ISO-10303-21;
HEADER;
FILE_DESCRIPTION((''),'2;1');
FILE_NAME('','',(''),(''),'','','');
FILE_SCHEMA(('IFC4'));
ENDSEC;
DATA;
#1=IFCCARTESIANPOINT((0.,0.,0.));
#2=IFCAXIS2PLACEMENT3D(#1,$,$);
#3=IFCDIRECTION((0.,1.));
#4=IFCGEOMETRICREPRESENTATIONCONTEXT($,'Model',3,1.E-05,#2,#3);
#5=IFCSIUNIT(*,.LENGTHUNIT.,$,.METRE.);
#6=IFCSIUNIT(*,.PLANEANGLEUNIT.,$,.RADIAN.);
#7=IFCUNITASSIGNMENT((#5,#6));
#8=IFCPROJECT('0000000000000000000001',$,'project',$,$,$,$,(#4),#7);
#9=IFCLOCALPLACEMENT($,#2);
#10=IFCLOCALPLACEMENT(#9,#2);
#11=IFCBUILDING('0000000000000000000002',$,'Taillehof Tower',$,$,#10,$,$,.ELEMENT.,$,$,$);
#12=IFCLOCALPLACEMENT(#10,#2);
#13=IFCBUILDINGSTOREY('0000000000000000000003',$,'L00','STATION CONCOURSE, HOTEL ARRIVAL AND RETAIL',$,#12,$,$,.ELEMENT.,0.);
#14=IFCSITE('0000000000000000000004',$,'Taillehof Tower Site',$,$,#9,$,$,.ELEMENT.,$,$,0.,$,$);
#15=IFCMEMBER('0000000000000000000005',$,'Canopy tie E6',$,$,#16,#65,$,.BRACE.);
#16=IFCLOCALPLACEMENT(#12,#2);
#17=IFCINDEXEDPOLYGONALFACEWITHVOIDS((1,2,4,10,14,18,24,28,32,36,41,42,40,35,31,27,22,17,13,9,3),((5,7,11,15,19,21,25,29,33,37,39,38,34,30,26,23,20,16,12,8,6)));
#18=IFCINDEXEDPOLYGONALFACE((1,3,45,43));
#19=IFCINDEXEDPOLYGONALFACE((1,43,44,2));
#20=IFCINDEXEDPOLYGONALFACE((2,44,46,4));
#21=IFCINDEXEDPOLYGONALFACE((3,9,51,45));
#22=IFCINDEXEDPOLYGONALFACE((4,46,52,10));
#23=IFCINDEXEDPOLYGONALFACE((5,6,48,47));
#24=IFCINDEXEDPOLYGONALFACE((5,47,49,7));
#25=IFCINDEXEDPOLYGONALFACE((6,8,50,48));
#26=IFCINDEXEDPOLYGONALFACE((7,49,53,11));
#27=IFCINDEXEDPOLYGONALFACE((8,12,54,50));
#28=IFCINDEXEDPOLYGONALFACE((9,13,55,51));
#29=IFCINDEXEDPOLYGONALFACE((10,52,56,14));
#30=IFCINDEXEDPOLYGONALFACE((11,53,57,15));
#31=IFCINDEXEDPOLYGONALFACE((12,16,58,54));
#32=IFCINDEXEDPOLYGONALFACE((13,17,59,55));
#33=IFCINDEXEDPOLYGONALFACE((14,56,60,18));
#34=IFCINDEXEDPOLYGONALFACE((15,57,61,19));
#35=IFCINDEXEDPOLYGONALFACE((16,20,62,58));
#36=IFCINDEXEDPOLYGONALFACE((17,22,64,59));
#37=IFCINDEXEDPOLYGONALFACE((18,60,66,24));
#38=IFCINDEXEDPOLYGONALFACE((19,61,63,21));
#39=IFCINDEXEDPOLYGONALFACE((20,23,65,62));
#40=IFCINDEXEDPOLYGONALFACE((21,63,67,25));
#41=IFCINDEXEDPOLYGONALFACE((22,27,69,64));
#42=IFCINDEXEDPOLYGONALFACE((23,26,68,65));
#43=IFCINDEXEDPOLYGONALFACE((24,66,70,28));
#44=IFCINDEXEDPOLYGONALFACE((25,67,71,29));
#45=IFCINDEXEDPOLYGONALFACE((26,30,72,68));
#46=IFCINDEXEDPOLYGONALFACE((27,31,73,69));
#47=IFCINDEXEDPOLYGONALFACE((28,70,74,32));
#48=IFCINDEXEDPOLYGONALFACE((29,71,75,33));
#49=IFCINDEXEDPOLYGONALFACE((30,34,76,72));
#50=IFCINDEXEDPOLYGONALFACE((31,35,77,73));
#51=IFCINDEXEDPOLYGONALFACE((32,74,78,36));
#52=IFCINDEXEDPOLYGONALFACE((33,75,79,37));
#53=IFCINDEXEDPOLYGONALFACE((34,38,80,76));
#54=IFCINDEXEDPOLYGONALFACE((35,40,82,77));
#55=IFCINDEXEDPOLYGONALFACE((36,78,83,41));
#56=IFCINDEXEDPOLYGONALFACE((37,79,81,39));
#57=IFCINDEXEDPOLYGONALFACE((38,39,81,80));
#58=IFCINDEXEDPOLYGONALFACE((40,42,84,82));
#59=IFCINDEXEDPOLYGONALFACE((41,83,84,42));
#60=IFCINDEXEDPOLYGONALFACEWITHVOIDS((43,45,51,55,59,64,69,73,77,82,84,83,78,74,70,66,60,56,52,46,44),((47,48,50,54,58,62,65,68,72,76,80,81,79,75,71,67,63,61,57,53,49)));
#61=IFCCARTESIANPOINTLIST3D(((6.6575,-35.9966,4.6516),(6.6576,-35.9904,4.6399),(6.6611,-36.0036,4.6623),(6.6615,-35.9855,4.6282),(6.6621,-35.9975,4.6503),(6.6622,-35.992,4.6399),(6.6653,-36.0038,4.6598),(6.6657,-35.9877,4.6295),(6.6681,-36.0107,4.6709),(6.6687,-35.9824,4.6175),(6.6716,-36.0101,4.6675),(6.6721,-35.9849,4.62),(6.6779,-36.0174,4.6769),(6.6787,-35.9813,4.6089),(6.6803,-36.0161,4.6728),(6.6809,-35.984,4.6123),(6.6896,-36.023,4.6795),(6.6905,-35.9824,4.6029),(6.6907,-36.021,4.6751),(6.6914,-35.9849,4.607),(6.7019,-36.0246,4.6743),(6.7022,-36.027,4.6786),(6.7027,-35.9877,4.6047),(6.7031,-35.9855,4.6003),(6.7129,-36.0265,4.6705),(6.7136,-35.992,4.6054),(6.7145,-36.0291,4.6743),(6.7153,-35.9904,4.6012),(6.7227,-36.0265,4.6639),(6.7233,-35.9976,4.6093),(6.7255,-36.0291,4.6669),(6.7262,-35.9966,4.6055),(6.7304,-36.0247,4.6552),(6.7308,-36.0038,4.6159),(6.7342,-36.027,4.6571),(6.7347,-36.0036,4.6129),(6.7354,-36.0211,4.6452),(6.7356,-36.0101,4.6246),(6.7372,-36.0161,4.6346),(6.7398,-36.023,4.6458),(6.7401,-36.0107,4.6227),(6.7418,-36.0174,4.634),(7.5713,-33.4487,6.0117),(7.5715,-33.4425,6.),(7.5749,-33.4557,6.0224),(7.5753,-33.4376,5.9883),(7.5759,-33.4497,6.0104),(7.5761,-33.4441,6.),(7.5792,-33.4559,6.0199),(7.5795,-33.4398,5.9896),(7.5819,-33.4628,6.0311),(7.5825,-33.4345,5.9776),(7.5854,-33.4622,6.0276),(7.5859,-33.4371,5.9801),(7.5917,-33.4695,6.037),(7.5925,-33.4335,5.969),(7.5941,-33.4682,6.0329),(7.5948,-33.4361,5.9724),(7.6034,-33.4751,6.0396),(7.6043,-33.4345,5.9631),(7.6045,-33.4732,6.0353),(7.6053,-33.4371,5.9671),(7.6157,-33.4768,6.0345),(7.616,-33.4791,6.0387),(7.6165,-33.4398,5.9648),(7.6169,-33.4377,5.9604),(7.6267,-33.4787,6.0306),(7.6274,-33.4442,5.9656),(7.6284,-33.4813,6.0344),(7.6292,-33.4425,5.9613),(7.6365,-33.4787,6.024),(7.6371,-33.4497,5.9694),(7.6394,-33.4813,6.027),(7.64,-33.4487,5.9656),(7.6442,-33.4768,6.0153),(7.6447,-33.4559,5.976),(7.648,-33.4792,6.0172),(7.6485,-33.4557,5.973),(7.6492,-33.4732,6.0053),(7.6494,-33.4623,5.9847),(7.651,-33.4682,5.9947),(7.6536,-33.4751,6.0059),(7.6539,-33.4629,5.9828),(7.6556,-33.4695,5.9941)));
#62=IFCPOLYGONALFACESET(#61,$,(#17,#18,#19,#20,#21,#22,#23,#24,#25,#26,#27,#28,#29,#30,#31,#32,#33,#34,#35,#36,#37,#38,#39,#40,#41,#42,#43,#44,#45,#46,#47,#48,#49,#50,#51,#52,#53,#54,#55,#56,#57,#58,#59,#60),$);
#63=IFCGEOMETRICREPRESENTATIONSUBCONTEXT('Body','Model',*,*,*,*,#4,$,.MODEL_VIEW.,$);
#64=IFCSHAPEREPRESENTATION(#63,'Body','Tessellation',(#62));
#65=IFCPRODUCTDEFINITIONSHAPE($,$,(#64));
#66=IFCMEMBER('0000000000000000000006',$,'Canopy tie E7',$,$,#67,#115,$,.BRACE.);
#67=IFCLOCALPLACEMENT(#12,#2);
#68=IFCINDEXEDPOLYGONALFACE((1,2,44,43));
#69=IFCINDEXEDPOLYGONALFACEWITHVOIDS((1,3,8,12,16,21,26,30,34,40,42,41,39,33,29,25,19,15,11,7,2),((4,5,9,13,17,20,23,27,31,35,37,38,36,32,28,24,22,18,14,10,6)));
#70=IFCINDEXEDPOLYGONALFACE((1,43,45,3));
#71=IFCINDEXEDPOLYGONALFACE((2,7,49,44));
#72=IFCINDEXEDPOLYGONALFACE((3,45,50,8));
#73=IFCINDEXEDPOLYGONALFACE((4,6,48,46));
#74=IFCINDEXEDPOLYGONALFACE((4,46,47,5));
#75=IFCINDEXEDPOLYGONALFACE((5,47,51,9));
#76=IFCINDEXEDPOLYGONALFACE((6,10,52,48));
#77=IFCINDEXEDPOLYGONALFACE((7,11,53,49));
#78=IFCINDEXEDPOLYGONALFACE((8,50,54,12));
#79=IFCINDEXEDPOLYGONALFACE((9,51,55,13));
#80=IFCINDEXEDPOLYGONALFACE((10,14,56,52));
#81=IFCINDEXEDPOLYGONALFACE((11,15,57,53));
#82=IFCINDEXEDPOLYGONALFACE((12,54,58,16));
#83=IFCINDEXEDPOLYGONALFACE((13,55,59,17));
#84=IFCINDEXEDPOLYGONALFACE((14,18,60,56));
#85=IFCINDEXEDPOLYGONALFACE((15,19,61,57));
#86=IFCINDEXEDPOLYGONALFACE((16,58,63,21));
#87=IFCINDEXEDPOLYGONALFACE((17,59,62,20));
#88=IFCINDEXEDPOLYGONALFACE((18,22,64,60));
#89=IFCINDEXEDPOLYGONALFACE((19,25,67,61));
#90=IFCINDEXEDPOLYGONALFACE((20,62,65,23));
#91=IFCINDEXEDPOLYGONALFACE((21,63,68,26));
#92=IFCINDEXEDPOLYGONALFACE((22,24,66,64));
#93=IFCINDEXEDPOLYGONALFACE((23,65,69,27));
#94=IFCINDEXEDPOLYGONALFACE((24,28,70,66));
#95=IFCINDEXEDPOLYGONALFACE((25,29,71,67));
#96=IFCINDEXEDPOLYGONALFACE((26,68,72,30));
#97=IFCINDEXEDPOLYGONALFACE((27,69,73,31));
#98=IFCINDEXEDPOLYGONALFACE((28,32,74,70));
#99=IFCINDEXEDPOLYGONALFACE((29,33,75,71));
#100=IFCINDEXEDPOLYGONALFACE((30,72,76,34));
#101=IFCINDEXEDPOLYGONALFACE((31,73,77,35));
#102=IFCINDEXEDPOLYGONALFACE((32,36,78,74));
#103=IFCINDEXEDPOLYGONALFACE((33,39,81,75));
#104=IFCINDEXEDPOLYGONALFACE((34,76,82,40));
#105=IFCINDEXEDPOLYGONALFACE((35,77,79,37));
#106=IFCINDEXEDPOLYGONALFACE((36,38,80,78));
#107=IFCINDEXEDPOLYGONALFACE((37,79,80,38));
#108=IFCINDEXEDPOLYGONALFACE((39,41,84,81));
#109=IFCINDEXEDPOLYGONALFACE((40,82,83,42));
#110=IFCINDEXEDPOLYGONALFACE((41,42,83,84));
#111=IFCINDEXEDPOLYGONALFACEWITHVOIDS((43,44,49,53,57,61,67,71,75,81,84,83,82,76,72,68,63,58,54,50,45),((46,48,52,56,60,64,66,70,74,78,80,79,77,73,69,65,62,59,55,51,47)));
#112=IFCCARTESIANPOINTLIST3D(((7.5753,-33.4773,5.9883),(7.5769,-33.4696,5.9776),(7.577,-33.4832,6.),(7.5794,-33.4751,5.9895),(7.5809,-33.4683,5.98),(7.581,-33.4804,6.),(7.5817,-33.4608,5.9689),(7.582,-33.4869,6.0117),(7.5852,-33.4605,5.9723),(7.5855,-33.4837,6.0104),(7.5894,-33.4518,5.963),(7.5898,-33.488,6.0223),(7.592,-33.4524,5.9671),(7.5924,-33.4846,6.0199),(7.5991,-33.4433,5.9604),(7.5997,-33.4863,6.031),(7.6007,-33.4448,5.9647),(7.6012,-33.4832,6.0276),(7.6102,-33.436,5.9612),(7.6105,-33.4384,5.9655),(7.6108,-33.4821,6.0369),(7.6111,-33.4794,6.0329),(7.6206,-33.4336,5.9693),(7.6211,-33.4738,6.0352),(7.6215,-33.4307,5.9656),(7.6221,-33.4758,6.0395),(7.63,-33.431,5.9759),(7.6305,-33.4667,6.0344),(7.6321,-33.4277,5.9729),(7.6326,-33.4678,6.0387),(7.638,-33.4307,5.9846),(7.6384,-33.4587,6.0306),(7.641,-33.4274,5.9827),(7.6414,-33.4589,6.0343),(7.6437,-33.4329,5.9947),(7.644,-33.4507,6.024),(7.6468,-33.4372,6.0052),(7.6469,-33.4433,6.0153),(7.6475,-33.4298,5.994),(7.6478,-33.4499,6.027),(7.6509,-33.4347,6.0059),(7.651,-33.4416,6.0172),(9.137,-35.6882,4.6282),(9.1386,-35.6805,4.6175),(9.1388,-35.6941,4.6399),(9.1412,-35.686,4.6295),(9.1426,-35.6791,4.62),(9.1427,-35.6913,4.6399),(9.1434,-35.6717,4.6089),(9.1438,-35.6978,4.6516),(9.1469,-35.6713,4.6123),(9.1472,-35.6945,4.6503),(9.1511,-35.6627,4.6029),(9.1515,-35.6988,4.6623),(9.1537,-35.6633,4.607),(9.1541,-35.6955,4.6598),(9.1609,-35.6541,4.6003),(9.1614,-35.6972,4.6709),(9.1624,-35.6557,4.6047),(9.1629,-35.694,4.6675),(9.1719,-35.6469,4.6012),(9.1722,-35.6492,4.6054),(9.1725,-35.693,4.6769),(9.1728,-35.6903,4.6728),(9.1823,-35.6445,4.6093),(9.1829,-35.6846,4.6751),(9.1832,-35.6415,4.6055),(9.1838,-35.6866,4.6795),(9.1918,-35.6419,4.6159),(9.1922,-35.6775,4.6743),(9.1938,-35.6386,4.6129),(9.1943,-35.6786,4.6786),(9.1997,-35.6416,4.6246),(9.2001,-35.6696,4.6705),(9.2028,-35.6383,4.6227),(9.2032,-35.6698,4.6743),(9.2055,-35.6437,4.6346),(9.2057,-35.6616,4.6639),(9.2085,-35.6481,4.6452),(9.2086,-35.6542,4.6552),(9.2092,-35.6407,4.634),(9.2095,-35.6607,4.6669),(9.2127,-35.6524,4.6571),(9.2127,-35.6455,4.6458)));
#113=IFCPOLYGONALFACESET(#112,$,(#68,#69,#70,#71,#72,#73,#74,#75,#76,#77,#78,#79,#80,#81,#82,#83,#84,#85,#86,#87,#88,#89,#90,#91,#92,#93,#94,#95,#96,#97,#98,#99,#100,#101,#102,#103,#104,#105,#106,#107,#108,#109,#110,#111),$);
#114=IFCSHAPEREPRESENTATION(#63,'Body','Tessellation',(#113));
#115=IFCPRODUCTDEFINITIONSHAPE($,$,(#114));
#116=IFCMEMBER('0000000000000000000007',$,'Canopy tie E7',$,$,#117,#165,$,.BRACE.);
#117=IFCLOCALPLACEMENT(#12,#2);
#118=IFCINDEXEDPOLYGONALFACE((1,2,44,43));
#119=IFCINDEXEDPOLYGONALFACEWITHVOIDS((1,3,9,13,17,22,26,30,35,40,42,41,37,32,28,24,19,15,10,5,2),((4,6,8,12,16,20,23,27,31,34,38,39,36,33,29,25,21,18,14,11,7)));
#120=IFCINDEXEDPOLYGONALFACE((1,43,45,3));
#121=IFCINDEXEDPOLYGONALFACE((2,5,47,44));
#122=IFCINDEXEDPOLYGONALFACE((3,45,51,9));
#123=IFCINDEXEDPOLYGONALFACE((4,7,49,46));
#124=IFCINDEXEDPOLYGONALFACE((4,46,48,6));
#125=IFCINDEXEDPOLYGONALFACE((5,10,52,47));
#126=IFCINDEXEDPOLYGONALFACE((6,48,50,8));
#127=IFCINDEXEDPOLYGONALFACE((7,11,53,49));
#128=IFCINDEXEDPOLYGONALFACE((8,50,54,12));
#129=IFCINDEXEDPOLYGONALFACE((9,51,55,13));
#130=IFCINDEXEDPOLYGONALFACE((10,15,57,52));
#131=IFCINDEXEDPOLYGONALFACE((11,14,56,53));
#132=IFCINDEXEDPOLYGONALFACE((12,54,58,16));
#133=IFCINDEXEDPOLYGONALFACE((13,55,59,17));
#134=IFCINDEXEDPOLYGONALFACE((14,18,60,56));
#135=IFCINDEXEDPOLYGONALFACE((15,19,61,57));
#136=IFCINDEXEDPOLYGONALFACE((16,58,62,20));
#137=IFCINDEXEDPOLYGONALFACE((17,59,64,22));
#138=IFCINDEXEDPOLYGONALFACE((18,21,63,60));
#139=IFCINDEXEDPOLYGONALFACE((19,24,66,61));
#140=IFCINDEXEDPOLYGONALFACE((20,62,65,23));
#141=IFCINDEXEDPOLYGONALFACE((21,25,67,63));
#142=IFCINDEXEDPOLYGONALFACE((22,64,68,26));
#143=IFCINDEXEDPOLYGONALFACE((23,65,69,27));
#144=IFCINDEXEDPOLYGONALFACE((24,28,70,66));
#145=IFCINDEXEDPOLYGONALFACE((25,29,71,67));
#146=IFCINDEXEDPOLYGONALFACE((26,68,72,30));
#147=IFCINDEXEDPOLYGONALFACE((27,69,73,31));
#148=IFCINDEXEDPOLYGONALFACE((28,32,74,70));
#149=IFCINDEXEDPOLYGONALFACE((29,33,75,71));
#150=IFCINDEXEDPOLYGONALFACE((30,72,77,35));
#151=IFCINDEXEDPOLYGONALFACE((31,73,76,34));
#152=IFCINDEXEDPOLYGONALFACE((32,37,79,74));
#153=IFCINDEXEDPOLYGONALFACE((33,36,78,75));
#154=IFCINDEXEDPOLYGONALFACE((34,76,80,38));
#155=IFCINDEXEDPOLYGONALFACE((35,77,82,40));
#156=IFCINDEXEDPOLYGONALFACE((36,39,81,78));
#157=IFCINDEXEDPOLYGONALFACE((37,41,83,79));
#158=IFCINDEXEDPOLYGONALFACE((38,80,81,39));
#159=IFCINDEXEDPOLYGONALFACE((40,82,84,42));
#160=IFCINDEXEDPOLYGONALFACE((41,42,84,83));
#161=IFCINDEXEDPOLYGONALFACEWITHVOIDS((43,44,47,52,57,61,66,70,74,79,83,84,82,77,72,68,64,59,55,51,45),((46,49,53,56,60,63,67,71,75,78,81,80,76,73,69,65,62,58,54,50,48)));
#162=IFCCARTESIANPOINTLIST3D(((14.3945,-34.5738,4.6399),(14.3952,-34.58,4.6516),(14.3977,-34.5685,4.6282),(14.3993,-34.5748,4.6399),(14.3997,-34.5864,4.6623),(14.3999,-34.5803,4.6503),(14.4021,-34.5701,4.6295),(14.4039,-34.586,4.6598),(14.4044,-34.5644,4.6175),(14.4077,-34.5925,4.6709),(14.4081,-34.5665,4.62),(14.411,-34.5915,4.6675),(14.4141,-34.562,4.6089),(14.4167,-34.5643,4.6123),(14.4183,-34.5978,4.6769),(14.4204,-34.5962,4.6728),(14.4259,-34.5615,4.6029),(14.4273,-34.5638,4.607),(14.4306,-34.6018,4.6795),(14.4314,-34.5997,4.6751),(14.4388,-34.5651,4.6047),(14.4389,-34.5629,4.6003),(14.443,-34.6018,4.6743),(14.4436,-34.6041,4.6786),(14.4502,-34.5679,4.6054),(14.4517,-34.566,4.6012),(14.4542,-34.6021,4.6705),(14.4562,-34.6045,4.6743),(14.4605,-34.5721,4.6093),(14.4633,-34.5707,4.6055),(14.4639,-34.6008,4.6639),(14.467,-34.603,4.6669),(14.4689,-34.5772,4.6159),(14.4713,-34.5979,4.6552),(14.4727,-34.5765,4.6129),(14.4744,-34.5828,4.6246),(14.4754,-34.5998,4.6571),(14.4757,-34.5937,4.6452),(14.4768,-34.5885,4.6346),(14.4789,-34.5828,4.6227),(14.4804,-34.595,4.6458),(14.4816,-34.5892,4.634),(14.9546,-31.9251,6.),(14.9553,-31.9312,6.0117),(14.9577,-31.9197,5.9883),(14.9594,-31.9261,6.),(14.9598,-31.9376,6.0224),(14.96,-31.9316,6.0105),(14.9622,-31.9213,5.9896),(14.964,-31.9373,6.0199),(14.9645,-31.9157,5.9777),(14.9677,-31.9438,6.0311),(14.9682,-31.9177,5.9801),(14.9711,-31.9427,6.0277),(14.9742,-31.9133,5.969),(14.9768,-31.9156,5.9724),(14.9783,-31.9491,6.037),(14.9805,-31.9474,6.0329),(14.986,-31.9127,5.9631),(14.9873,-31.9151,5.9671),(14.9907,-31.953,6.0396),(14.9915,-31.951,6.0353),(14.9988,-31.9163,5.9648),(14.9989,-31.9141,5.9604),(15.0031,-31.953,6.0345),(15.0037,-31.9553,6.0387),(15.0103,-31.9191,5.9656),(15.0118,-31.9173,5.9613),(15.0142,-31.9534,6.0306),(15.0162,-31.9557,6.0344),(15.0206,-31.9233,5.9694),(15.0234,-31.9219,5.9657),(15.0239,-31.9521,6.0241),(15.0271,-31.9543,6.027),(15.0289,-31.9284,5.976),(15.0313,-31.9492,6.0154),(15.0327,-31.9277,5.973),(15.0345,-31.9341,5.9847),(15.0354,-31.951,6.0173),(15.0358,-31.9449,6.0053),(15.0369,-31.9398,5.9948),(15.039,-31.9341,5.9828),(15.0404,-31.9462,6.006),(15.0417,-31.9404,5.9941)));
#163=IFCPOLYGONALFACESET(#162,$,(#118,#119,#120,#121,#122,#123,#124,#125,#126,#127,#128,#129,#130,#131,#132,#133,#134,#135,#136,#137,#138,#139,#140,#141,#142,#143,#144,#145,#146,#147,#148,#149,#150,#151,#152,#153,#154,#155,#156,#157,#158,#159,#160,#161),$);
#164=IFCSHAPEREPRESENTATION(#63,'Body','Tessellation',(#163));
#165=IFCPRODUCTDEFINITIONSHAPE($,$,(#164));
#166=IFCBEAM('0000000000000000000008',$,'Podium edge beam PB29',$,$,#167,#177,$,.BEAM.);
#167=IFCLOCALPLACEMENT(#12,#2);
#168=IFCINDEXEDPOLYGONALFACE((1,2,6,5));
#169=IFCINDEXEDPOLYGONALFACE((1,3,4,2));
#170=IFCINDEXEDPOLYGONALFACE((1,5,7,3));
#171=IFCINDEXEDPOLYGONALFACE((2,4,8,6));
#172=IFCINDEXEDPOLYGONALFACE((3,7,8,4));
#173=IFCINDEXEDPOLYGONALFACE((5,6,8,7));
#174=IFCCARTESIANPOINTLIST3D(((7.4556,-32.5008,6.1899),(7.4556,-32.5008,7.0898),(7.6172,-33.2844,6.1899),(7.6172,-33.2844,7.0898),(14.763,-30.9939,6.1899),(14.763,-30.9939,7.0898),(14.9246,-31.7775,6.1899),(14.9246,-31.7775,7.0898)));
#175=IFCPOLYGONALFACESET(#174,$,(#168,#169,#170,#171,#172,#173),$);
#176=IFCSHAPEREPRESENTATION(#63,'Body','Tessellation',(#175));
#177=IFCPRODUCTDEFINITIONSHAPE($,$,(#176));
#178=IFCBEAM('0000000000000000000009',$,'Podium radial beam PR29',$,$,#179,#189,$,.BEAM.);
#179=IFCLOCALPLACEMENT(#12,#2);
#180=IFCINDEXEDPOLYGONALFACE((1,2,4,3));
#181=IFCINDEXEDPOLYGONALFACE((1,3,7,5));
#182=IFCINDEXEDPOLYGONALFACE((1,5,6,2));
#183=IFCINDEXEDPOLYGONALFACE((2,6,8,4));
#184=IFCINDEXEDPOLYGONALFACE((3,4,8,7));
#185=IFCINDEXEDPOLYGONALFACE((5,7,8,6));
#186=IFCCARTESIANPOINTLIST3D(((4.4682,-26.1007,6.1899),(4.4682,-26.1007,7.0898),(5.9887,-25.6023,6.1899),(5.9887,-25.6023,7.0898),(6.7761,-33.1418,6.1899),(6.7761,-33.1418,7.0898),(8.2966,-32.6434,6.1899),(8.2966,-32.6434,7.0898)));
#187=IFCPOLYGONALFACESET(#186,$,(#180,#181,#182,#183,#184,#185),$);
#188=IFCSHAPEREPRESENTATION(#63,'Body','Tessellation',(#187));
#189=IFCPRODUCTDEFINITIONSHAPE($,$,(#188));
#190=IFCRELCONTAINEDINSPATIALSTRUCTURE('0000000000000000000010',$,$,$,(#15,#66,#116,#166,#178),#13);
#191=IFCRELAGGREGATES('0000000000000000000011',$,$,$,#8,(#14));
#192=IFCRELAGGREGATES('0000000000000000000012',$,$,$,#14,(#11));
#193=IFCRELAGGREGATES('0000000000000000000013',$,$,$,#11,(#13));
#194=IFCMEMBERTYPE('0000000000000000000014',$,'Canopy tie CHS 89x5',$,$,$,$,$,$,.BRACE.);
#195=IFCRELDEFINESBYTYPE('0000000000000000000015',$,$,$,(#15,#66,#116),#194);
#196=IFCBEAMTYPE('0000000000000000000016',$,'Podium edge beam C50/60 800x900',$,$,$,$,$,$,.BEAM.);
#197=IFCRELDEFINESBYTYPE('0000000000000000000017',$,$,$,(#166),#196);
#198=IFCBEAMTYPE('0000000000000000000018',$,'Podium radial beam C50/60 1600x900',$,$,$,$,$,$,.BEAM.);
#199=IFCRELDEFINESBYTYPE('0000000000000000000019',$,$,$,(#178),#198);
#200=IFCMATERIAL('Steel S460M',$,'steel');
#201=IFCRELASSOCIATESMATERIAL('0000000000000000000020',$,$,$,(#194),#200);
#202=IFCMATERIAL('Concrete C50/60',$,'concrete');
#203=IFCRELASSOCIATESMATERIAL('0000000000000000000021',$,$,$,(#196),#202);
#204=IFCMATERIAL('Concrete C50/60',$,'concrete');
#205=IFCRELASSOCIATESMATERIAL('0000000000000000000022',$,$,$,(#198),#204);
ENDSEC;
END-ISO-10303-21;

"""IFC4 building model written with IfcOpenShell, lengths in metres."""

from ifc_helpers import new_model, si_unit, direction, frame, origin, origin_2d, place, context, subcontext, project, spatial, rectangle, hollow_circle, extrude, material, material_profile, profile_set, type_object, element, save


model = new_model("IFC4")

# Units and contexts
model_context = context("Model", 3, precision=1e-05, world=origin(), true_north=direction((0.0, 1.0)))
body_context = subcontext(model_context, "Body", "Model", "MODEL_VIEW")
ifc_project = project(units=[si_unit("LENGTHUNIT", "METRE"), si_unit("PLANEANGLEUNIT", "RADIAN")], contexts=[model_context])

# Site, building, storey
site_placement = place(None, origin())
site = spatial("IfcSite", under=ifc_project, at=site_placement, Name="Taillehof Tower Site", CompositionType="ELEMENT", RefElevation=0.0)
building_placement = place(site_placement, origin())
building = spatial("IfcBuilding", under=site, at=building_placement, Name="Taillehof Tower", CompositionType="ELEMENT")
storey_placement = place(building_placement, origin())
storey = spatial("IfcBuildingStorey", under=building, at=storey_placement, Name="L00", Description="STATION CONCOURSE, HOTEL ARRIVAL AND RETAIL", CompositionType="ELEMENT", Elevation=0.0)

# Members
ifc_material_1 = material(Name="Steel S460M", Category="steel")
ifc_material_profile_1 = material_profile(ifc_material_1, hollow_circle(Radius=0.0444, WallThickness=0.0049, at=origin_2d()), Name="CHS 89x5")
ifc_profile_set_1 = profile_set([ifc_material_profile_1], Name="Steel S460M")
member_type = type_object("IfcMemberType", Name="Canopy tie CHS 89x5", PredefinedType="BRACE", material=ifc_profile_set_1)
for number, where, z_axis, x_axis, name in (
    (1, (6.6995, -36.0054, 4.6399), (0.301662, 0.841076, 0.448988), (-0.941288, 0.337605, 0.0), "Canopy tie E6"),
    (2, (9.175, -35.6685, 4.6399), (-0.515537, 0.729827, 0.448969), (-0.816775, -0.576956, 0.0), "Canopy tie E7"),
):
    element("IfcMember", number, at=place(storey_placement, frame(where, z_axis=z_axis, x_axis=x_axis)), inside=storey, type_object=member_type, Name=name, PredefinedType="BRACE", context=body_context, shape_type="SweptSolid", body=[
        extrude(hollow_circle(Radius=0.0444, WallThickness=0.0049, at=origin_2d()), origin(), (0.0, 0.0, 1.0), 3.0293),
    ])
member_1_placement = place(storey_placement, frame((14.438, -34.583, 4.6399), z_axis=(0.184856, 0.874239, 0.448925), x_axis=(-0.978368, 0.206874, 0.0)))
element("IfcMember", 3, at=member_1_placement, inside=storey, type_object=member_type, Name="Canopy tie E7", PredefinedType="BRACE", context=body_context, shape_type="SweptSolid", body=[
    extrude(hollow_circle(Radius=0.0444, WallThickness=0.0049, at=origin_2d()), origin(), (0.0, 0.0, 1.0), 3.0298),
])

# Beams
ifc_material_2 = material(Name="Concrete C50/60", Category="concrete")
ifc_material_profile_2 = material_profile(ifc_material_2, rectangle(XDim=0.8, YDim=0.8999, at=origin_2d()), Name="RC 800x900")
ifc_profile_set_2 = profile_set([ifc_material_profile_2], Name="Concrete C50/60")
beam_type_1 = type_object("IfcBeamType", Name="Podium edge beam C50/60 800x900", PredefinedType="BEAM", material=ifc_profile_set_2)
beam_1_placement = place(storey_placement, frame((7.5364, -32.8926, 6.6399), z_axis=(0.979394, 0.201959, 0.0), x_axis=(-0.201959, 0.979394, 0.0)))
element("IfcBeam", 4, at=beam_1_placement, inside=storey, type_object=beam_type_1, Name="Podium edge beam PB29", PredefinedType="BEAM", context=body_context, shape_type="SweptSolid", body=[
    extrude(rectangle(XDim=0.8, YDim=0.8999, at=origin_2d()), origin(), (0.0, 0.0, 1.0), 7.4612),
])
ifc_material_3 = material(Name="Concrete C50/60", Category="concrete")
ifc_material_profile_3 = material_profile(ifc_material_3, rectangle(XDim=1.6001, YDim=0.8999, at=origin_2d()), Name="RC 1600x900")
ifc_profile_set_3 = profile_set([ifc_material_profile_3], Name="Concrete C50/60")
beam_type_2 = type_object("IfcBeamType", Name="Podium radial beam C50/60 1600x900", PredefinedType="BEAM", material=ifc_profile_set_3)
beam_2_placement = place(storey_placement, frame((7.5364, -32.8926, 6.6399), z_axis=(-0.311469, 0.950256, 0.0), x_axis=(-0.950256, -0.311469, 0.0)))
element("IfcBeam", 5, at=beam_2_placement, inside=storey, type_object=beam_type_2, Name="Podium radial beam PR29", PredefinedType="BEAM", context=body_context, shape_type="SweptSolid", body=[
    extrude(rectangle(XDim=1.6001, YDim=0.8999, at=origin_2d()), origin(), (0.0, 0.0, 1.0), 7.4097),
])

save(model, "model.ifc")
